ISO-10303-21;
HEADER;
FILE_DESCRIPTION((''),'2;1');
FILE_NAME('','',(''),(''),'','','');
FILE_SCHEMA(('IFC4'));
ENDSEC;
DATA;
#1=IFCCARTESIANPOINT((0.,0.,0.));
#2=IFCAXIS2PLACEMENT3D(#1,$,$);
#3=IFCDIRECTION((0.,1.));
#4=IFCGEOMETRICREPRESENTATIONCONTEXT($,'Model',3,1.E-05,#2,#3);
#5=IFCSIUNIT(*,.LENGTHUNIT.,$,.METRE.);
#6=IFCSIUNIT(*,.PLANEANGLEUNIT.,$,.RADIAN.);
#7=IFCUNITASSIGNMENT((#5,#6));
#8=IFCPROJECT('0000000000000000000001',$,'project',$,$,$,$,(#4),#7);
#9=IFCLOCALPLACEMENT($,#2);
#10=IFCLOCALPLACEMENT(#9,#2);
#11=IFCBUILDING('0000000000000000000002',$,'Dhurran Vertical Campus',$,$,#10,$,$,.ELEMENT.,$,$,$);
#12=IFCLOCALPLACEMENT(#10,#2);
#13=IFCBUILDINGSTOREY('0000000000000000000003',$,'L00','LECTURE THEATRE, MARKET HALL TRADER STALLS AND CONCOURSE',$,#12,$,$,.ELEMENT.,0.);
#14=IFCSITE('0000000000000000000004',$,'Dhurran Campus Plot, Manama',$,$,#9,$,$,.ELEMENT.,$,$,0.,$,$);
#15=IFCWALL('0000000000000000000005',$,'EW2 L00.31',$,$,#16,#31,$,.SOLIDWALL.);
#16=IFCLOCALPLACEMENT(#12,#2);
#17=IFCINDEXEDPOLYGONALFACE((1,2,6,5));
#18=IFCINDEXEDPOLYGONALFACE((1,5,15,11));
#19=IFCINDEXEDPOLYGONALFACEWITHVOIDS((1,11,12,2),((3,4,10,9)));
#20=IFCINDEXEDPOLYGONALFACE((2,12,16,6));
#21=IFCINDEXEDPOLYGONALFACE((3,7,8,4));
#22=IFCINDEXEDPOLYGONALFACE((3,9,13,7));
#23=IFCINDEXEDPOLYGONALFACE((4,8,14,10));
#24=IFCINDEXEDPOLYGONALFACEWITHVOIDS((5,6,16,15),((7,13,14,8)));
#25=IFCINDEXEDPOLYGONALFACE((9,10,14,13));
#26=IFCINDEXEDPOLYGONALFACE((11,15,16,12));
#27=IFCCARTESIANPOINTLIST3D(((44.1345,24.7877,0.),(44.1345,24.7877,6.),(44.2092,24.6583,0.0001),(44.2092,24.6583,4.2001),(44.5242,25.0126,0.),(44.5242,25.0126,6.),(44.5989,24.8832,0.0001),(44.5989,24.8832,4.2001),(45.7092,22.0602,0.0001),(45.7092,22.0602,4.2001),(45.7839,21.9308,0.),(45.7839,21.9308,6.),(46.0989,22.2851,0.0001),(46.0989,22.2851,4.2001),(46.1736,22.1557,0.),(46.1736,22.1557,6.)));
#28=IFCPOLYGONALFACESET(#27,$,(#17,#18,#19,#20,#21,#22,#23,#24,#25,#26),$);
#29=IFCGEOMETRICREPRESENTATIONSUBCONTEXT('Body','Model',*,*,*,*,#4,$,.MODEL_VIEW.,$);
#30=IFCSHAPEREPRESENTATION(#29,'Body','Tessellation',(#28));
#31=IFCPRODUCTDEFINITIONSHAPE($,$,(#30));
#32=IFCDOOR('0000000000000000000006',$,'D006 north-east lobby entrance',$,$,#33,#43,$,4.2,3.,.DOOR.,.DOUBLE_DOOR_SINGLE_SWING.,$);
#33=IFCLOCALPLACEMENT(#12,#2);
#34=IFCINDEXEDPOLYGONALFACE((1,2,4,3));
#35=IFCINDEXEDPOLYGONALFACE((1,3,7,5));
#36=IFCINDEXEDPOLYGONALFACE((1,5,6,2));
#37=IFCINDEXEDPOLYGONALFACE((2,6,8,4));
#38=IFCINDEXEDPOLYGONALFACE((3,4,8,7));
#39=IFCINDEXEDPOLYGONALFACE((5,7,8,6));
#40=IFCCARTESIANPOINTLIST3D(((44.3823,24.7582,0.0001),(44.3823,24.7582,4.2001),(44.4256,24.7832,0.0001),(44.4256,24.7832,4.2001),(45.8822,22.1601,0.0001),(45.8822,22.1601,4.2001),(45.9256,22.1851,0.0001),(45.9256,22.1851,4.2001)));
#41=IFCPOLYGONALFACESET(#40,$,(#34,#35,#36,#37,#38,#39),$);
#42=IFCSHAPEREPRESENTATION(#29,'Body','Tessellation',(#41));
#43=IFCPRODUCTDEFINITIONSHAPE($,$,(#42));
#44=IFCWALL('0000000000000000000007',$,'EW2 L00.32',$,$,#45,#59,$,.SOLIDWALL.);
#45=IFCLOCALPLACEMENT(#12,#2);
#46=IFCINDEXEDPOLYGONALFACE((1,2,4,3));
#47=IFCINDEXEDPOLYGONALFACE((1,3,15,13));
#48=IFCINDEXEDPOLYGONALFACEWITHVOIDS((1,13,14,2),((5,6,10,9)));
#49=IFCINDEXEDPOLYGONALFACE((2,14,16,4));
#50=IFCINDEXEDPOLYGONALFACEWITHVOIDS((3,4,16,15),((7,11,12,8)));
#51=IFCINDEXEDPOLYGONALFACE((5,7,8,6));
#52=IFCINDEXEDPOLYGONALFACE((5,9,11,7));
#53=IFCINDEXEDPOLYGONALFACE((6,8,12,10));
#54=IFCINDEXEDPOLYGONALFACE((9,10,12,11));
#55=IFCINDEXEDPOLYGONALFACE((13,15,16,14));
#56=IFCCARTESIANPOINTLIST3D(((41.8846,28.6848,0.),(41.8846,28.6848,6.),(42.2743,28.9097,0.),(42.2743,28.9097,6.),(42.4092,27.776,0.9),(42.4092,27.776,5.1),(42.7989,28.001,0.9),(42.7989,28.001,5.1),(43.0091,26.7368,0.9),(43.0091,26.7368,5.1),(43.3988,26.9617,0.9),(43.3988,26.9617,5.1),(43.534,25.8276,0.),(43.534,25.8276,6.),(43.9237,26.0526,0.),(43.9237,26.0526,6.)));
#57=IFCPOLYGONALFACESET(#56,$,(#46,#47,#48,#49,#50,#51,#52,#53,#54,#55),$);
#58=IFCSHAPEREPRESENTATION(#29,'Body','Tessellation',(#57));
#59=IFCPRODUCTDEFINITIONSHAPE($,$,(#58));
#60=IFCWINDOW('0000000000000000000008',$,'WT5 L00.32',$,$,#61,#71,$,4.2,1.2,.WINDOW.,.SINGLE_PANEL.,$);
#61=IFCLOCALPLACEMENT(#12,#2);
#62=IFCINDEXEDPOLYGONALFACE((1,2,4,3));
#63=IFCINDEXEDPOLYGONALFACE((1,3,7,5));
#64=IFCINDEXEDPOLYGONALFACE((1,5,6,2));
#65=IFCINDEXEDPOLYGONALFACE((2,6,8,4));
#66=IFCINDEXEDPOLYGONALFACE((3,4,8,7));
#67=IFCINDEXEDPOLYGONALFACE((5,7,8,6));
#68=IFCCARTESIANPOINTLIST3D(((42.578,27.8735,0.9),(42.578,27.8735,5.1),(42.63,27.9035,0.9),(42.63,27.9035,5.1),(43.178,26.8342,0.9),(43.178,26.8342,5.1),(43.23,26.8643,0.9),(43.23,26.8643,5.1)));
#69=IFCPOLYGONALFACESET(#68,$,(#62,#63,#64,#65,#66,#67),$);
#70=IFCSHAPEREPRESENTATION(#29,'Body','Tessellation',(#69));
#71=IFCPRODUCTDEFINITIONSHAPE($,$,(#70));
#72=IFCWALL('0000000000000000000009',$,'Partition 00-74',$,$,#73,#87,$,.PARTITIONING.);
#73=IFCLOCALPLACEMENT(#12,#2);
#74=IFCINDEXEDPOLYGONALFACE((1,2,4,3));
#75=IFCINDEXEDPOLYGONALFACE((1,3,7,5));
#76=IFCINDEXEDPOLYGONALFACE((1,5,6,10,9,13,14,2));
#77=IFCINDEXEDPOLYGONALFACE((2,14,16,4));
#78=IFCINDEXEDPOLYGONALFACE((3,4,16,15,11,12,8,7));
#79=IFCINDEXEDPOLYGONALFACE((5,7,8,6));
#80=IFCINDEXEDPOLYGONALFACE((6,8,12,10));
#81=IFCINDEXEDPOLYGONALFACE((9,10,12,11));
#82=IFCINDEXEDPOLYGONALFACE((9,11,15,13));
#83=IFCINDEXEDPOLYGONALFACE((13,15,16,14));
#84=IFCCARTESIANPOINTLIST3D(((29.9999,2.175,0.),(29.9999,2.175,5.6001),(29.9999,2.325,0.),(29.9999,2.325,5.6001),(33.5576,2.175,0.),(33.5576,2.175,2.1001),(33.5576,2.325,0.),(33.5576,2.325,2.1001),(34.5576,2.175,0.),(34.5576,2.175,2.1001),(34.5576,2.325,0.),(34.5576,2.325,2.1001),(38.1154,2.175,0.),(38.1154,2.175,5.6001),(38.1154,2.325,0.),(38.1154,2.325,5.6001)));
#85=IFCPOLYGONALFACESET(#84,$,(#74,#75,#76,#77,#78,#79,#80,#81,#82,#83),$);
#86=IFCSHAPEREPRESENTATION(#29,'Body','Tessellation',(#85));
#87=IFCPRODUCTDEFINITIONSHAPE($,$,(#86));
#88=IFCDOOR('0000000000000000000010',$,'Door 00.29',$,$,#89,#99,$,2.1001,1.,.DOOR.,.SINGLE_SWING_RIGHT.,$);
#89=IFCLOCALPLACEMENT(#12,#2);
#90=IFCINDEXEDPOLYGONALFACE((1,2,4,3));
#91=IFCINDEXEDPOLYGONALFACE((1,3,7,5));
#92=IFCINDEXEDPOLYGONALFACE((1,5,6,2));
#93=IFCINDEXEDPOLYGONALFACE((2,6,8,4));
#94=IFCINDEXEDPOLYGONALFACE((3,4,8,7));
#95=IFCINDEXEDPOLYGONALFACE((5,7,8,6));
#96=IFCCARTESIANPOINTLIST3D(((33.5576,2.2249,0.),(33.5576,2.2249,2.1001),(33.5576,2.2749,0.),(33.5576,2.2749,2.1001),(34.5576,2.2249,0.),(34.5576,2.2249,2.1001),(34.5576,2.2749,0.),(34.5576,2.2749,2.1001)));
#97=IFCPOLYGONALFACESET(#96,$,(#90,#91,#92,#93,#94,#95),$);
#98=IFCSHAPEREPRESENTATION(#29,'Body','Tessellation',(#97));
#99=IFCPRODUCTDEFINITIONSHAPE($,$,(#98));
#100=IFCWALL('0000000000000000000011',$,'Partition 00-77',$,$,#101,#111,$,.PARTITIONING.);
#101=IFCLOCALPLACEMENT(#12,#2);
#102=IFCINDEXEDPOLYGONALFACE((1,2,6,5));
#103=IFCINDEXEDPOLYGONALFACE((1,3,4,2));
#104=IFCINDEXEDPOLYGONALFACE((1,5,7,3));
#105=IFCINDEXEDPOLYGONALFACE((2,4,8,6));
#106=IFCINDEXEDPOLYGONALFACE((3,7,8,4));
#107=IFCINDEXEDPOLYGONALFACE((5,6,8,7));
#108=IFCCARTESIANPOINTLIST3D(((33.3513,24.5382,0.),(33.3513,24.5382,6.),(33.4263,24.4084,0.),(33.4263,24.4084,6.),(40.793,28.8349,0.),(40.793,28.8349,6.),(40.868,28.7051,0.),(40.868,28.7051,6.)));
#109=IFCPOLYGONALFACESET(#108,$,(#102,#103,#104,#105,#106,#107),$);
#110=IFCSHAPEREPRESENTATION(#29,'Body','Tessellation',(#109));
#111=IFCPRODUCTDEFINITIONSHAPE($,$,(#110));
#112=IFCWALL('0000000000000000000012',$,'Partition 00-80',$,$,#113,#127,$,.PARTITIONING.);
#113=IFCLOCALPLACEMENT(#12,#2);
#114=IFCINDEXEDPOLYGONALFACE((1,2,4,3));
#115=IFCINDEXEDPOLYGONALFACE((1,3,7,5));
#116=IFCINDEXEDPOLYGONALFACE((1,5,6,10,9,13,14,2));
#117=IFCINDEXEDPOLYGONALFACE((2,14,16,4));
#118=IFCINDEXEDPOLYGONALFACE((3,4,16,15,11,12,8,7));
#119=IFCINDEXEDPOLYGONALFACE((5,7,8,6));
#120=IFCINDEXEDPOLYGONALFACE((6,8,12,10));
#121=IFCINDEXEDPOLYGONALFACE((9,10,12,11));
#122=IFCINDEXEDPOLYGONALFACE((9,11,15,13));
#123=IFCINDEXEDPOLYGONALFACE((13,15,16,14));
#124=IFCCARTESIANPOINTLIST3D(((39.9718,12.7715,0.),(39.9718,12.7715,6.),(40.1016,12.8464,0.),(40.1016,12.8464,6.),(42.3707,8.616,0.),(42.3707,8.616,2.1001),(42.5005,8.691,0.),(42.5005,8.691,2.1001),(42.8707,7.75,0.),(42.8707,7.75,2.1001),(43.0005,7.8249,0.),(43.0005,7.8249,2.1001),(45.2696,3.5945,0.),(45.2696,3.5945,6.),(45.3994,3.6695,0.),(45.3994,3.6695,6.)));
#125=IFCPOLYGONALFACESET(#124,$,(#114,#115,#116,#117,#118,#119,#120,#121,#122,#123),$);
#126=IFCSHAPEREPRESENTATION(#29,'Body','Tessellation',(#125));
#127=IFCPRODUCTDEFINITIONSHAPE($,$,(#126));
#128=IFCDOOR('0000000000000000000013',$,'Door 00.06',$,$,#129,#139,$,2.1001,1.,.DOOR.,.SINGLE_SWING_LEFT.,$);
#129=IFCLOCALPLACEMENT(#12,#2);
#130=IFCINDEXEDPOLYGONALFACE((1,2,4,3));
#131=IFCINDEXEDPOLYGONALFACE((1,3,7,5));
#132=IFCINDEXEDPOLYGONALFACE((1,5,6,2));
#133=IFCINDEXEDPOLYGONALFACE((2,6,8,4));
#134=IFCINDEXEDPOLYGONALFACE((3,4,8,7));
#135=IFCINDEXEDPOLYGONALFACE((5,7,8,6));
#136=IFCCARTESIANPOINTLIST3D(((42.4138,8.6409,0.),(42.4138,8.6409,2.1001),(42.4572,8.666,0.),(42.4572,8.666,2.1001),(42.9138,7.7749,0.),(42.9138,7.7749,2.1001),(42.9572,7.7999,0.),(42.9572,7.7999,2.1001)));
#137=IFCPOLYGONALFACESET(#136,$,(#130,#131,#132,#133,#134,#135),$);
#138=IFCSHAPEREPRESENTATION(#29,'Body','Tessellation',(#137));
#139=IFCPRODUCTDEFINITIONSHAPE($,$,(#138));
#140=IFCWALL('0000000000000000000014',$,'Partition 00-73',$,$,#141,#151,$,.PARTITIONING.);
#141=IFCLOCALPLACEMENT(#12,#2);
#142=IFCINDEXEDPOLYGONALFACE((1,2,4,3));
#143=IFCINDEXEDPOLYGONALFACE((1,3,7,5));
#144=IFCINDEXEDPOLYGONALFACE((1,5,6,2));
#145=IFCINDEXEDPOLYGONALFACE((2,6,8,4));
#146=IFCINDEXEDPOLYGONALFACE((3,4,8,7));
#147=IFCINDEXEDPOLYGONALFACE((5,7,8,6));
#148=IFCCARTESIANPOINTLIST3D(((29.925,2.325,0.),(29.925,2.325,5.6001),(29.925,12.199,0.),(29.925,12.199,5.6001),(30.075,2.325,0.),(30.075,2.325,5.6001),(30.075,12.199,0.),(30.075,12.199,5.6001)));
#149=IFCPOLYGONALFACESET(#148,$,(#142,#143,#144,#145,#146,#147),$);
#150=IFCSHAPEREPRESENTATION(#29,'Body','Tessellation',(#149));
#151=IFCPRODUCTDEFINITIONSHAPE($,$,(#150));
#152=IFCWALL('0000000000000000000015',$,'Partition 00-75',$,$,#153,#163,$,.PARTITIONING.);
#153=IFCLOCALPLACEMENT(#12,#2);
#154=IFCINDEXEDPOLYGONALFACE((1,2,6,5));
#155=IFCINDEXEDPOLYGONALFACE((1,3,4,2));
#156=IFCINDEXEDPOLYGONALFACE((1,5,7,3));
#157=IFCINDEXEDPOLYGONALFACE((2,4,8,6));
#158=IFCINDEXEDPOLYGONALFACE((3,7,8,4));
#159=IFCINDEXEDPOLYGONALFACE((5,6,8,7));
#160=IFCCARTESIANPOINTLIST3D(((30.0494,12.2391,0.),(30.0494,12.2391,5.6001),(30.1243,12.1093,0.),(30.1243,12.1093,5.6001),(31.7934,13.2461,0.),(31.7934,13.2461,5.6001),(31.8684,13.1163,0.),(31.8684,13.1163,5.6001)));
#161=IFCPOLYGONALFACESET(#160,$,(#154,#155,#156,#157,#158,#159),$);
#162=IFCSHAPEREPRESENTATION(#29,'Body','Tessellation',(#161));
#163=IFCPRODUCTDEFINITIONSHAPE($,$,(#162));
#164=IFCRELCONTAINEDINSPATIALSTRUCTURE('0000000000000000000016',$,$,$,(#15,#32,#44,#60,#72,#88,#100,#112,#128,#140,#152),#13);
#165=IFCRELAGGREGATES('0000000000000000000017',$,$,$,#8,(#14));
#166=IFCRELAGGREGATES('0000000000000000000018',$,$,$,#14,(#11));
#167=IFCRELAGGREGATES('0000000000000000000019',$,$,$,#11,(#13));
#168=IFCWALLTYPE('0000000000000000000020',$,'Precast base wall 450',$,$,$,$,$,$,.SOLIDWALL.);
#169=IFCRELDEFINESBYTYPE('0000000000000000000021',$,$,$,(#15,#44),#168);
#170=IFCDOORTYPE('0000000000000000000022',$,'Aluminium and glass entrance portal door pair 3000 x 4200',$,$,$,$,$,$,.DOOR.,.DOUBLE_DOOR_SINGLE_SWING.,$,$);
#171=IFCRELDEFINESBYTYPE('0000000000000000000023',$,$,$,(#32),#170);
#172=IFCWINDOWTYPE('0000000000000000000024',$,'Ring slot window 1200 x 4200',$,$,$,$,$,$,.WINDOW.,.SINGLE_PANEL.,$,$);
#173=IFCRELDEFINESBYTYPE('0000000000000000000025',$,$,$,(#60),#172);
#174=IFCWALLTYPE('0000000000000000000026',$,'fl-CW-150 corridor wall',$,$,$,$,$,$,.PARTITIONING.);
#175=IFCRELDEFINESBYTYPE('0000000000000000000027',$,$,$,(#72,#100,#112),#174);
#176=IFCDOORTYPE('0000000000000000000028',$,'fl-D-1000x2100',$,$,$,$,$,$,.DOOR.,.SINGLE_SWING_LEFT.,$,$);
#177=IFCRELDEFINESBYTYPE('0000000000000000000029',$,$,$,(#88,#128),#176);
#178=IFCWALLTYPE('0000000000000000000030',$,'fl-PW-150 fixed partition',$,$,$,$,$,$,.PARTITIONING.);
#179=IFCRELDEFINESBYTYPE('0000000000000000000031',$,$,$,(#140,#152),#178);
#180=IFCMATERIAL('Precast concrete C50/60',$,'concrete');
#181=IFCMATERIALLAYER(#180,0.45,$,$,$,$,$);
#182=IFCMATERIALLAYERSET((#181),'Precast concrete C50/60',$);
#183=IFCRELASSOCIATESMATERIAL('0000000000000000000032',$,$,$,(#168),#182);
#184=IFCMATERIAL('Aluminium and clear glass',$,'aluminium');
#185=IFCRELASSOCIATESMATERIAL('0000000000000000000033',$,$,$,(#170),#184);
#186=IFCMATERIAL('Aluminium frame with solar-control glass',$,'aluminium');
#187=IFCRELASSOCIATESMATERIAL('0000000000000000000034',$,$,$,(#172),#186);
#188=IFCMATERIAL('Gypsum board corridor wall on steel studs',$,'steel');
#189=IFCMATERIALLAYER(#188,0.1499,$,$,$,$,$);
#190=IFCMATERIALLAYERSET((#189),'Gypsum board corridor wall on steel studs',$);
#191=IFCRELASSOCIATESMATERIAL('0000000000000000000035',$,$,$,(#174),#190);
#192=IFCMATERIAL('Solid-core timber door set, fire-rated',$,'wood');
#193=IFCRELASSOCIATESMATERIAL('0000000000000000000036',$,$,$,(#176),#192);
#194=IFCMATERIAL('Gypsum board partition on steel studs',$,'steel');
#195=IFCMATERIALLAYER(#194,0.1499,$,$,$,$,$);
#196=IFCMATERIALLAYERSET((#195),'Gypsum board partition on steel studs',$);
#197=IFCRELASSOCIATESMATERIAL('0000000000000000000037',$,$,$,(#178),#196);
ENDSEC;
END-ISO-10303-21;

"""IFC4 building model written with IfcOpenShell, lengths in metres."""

from ifc_helpers import new_model, si_unit, direction, frame, frame_2d, origin, place, context, subcontext, project, spatial, rectangle, extrude, material, layer, layer_set, type_object, element, fill, save


model = new_model("IFC4")

# Units and contexts
model_context = context("Model", 3, precision=1e-05, world=origin(), true_north=direction((0.0, 1.0)))
body_context = subcontext(model_context, "Body", "Model", "MODEL_VIEW")
ifc_project = project(units=[si_unit("LENGTHUNIT", "METRE"), si_unit("PLANEANGLEUNIT", "RADIAN")], contexts=[model_context])

# Site, building, storey
site_placement = place(None, origin())
site = spatial("IfcSite", under=ifc_project, at=site_placement, Name="Dhurran Campus Plot, Manama", CompositionType="ELEMENT", RefElevation=0.0)
building_placement = place(site_placement, origin())
building = spatial("IfcBuilding", under=site, at=building_placement, Name="Dhurran Vertical Campus", CompositionType="ELEMENT")
storey_placement = place(building_placement, origin())
storey = spatial("IfcBuildingStorey", under=building, at=storey_placement, Name="L00", Description="LECTURE THEATRE, MARKET HALL TRADER STALLS AND CONCOURSE", CompositionType="ELEMENT", Elevation=0.0)

# Wall, opening, door
ifc_material_1 = material(Name="Precast concrete C50/60", Category="concrete")
ifc_layer_1 = layer(ifc_material_1, 0.45)
ifc_layer_set_1 = layer_set([ifc_layer_1], Name="Precast concrete C50/60")
wall_type_1 = type_object("IfcWallType", Name="Precast base wall 450", PredefinedType="SOLIDWALL", material=ifc_layer_set_1)
wall_1_placement = place(storey_placement, frame((44.3293, 24.9001, 0.0), z_axis=(0.0, 0.0, 1.0), x_axis=(0.499992, -0.86603, 0.0)))
wall_1 = element("IfcWall", 1, at=wall_1_placement, inside=storey, type_object=wall_type_1, Name="EW2 L00.31", PredefinedType="SOLIDWALL", context=body_context, shape_type="SweptSolid", body=[
    extrude(rectangle(XDim=3.2988, YDim=0.45, at=frame_2d((1.6494, 0.0))), origin(), (0.0, 0.0, 1.0), 6.0),
])
opening_1_placement = place(wall_1_placement, frame((0.1494, 0.0, 0.0)))
opening_1 = element("IfcOpeningElement", 2, at=opening_1_placement, cuts=wall_1, PredefinedType="OPENING", context=body_context, shape_type="SweptSolid", body=[
    extrude(rectangle(XDim=3.0, YDim=4.2, at=frame_2d((1.5, 2.1001))), frame((0.0, 0.2349, 0.0), z_axis=(0.0, -1.0, 0.0), x_axis=(1.0, 0.0, 0.0)), (0.0, 0.0, 1.0), 0.47),
])
ifc_material_2 = material(Name="Aluminium and clear glass", Category="aluminium")
door_type_1 = type_object("IfcDoorType", Name="Aluminium and glass entrance portal door pair 3000 x 4200", OperationType="DOUBLE_DOOR_SINGLE_SWING", PredefinedType="DOOR", material=ifc_material_2)
door_1_placement = place(opening_1_placement, origin())
door_1 = element("IfcDoor", 3, at=door_1_placement, inside=storey, type_object=door_type_1, Name="D006 north-east lobby entrance", OperationType="DOUBLE_DOOR_SINGLE_SWING", OverallHeight=4.2, OverallWidth=3.0, PredefinedType="DOOR", context=body_context, shape_type="SweptSolid", body=[
    extrude(rectangle(XDim=3.0, YDim=4.2, at=frame_2d((1.5, 2.1001))), frame((0.0, 0.0249, 0.0), z_axis=(0.0, -1.0, 0.0), x_axis=(1.0, 0.0, 0.0)), (0.0, 0.0, 1.0), 0.05),
])
fill(opening_1, door_1)

# Wall, opening, window
wall_2_placement = place(storey_placement, frame((43.7288, 25.9402, 0.0), z_axis=(0.0, 0.0, 1.0), x_axis=(-0.499959, 0.866049, 0.0)))
wall_2 = element("IfcWall", 4, at=wall_2_placement, inside=storey, type_object=wall_type_1, Name="EW2 L00.32", PredefinedType="SOLIDWALL", context=body_context, shape_type="SweptSolid", body=[
    extrude(rectangle(XDim=3.2991, YDim=0.45, at=frame_2d((1.6494, 0.0))), origin(), (0.0, 0.0, 1.0), 6.0),
])
opening_2_placement = place(wall_2_placement, frame((1.0496, 0.0, 0.8999)))
opening_2 = element("IfcOpeningElement", 5, at=opening_2_placement, cuts=wall_2, PredefinedType="OPENING", context=body_context, shape_type="SweptSolid", body=[
    extrude(rectangle(XDim=1.2, YDim=4.2, at=frame_2d((0.6001, 2.1001))), frame((0.0, 0.2349, 0.0), z_axis=(0.0, -1.0, 0.0), x_axis=(1.0, 0.0, 0.0)), (0.0, 0.0, 1.0), 0.47),
])
ifc_material_3 = material(Name="Aluminium frame with solar-control glass", Category="aluminium")
window_type = type_object("IfcWindowType", Name="Ring slot window 1200 x 4200", PartitioningType="SINGLE_PANEL", PredefinedType="WINDOW", material=ifc_material_3)
window_placement = place(opening_2_placement, origin())
window = element("IfcWindow", 6, at=window_placement, inside=storey, type_object=window_type, Name="WT5 L00.32", OverallHeight=4.2, OverallWidth=1.2, PartitioningType="SINGLE_PANEL", PredefinedType="WINDOW", context=body_context, shape_type="SweptSolid", body=[
    extrude(rectangle(XDim=1.2, YDim=4.2, at=frame_2d((0.6001, 2.1001))), frame((0.0, 0.03, 0.0), z_axis=(0.0, -1.0, 0.0), x_axis=(1.0, 0.0, 0.0)), (0.0, 0.0, 1.0), 0.0601),
])
fill(opening_2, window)

# Wall, opening, door
ifc_material_4 = material(Name="Gypsum board corridor wall on steel studs", Category="steel")
ifc_layer_2 = layer(ifc_material_4, 0.1499)
ifc_layer_set_2 = layer_set([ifc_layer_2], Name="Gypsum board corridor wall on steel studs")
wall_type_2 = type_object("IfcWallType", Name="fl-CW-150 corridor wall", PredefinedType="PARTITIONING", material=ifc_layer_set_2)
wall_3_placement = place(storey_placement, frame((30.0, 2.25, 0.0), z_axis=(0.0, 0.0, 1.0), x_axis=(1.0, 0.0, 0.0)))
wall_3 = element("IfcWall", 7, at=wall_3_placement, inside=storey, type_object=wall_type_2, Name="Partition 00-74", PredefinedType="PARTITIONING", context=body_context, shape_type="SweptSolid", body=[
    extrude(rectangle(XDim=8.1155, YDim=0.1499, at=frame_2d((4.0576, 0.0))), origin(), (0.0, 0.0, 1.0), 5.6001),
])
opening_3_placement = place(wall_3_placement, frame((3.5576, 0.0, 0.0)))
opening_3 = element("IfcOpeningElement", 8, at=opening_3_placement, cuts=wall_3, PredefinedType="OPENING", context=body_context, shape_type="SweptSolid", body=[
    extrude(rectangle(XDim=1.0, YDim=2.1001, at=frame_2d((0.5, 1.05))), frame((0.0, 0.085, 0.0), z_axis=(0.0, -1.0, 0.0), x_axis=(1.0, 0.0, 0.0)), (0.0, 0.0, 1.0), 0.1699),
])
ifc_material_5 = material(Name="Solid-core timber door set, fire-rated", Category="wood")
door_type_2 = type_object("IfcDoorType", Name="fl-D-1000x2100", OperationType="SINGLE_SWING_LEFT", PredefinedType="DOOR", material=ifc_material_5)
door_2_placement = place(opening_3_placement, origin())
door_2 = element("IfcDoor", 9, at=door_2_placement, inside=storey, type_object=door_type_2, Name="Door 00.29", OperationType="SINGLE_SWING_RIGHT", OverallHeight=2.1001, OverallWidth=1.0, PredefinedType="DOOR", context=body_context, shape_type="SweptSolid", body=[
    extrude(rectangle(XDim=1.0, YDim=2.1001, at=frame_2d((0.5, 1.05))), frame((0.0, 0.0249, 0.0), z_axis=(0.0, -1.0, 0.0), x_axis=(1.0, 0.0, 0.0)), (0.0, 0.0, 1.0), 0.05),
])
fill(opening_3, door_2)

# Wall
wall_4_placement = place(storey_placement, frame((33.3889, 24.4734, 0.0), z_axis=(0.0, 0.0, 1.0), x_axis=(0.866016, 0.500017, 0.0)))
element("IfcWall", 10, at=wall_4_placement, inside=storey, type_object=wall_type_2, Name="Partition 00-77", PredefinedType="PARTITIONING", context=body_context, shape_type="SweptSolid", body=[
    extrude(rectangle(XDim=8.593, YDim=0.1499, at=frame_2d((4.2964, 0.0))), origin(), (0.0, 0.0, 1.0), 6.0),
])

# Wall, opening, door
wall_5_placement = place(storey_placement, frame((40.0366, 12.8091, 0.0), z_axis=(0.0, 0.0, 1.0), x_axis=(0.499965, -0.866046, 0.0)))
wall_5 = element("IfcWall", 11, at=wall_5_placement, inside=storey, type_object=wall_type_2, Name="Partition 00-80", PredefinedType="PARTITIONING", context=body_context, shape_type="SweptSolid", body=[
    extrude(rectangle(XDim=10.5964, YDim=0.1499, at=frame_2d((5.2983, 0.0))), origin(), (0.0, 0.0, 1.0), 6.0),
])
opening_4_placement = place(wall_5_placement, frame((4.7983, 0.0, 0.0)))
opening_4 = element("IfcOpeningElement", 12, at=opening_4_placement, cuts=wall_5, PredefinedType="OPENING", context=body_context, shape_type="SweptSolid", body=[
    extrude(rectangle(XDim=1.0, YDim=2.1001, at=frame_2d((0.5, 1.05))), frame((0.0, 0.085, 0.0), z_axis=(0.0, -1.0, 0.0), x_axis=(1.0, 0.0, 0.0)), (0.0, 0.0, 1.0), 0.1699),
])
door_3_placement = place(opening_4_placement, origin())
door_3 = element("IfcDoor", 13, at=door_3_placement, inside=storey, type_object=door_type_2, Name="Door 00.06", OperationType="SINGLE_SWING_LEFT", OverallHeight=2.1001, OverallWidth=1.0, PredefinedType="DOOR", context=body_context, shape_type="SweptSolid", body=[
    extrude(rectangle(XDim=1.0, YDim=2.1001, at=frame_2d((0.5, 1.05))), frame((0.0, 0.0249, 0.0), z_axis=(0.0, -1.0, 0.0), x_axis=(1.0, 0.0, 0.0)), (0.0, 0.0, 1.0), 0.05),
])
fill(opening_4, door_3)

# Walls
ifc_material_6 = material(Name="Gypsum board partition on steel studs", Category="steel")
ifc_layer_3 = layer(ifc_material_6, 0.1499)
ifc_layer_set_3 = layer_set([ifc_layer_3], Name="Gypsum board partition on steel studs")
wall_type_3 = type_object("IfcWallType", Name="fl-PW-150 fixed partition", PredefinedType="PARTITIONING", material=ifc_layer_set_3)
wall_6_placement = place(storey_placement, frame((30.0, 12.199, 0.0), z_axis=(0.0, 0.0, 1.0), x_axis=(0.0, -1.0, 0.0)))
element("IfcWall", 14, at=wall_6_placement, inside=storey, type_object=wall_type_3, Name="Partition 00-73", PredefinedType="PARTITIONING", context=body_context, shape_type="SweptSolid", body=[
    extrude(rectangle(XDim=9.874, YDim=0.1499, at=frame_2d((4.937, 0.0))), origin(), (0.0, 0.0, 1.0), 5.6001),
])
wall_7_placement = place(storey_placement, frame((31.8308, 13.1812, 0.0), z_axis=(0.0, 0.0, 1.0), x_axis=(-0.866004, -0.500037, 0.0)))
element("IfcWall", 15, at=wall_7_placement, inside=storey, type_object=wall_type_3, Name="Partition 00-75", PredefinedType="PARTITIONING", context=body_context, shape_type="SweptSolid", body=[
    extrude(rectangle(XDim=2.0139, YDim=0.1499, at=frame_2d((1.0068, 0.0))), origin(), (0.0, 0.0, 1.0), 5.6001),
])

save(model, "model.ifc")
